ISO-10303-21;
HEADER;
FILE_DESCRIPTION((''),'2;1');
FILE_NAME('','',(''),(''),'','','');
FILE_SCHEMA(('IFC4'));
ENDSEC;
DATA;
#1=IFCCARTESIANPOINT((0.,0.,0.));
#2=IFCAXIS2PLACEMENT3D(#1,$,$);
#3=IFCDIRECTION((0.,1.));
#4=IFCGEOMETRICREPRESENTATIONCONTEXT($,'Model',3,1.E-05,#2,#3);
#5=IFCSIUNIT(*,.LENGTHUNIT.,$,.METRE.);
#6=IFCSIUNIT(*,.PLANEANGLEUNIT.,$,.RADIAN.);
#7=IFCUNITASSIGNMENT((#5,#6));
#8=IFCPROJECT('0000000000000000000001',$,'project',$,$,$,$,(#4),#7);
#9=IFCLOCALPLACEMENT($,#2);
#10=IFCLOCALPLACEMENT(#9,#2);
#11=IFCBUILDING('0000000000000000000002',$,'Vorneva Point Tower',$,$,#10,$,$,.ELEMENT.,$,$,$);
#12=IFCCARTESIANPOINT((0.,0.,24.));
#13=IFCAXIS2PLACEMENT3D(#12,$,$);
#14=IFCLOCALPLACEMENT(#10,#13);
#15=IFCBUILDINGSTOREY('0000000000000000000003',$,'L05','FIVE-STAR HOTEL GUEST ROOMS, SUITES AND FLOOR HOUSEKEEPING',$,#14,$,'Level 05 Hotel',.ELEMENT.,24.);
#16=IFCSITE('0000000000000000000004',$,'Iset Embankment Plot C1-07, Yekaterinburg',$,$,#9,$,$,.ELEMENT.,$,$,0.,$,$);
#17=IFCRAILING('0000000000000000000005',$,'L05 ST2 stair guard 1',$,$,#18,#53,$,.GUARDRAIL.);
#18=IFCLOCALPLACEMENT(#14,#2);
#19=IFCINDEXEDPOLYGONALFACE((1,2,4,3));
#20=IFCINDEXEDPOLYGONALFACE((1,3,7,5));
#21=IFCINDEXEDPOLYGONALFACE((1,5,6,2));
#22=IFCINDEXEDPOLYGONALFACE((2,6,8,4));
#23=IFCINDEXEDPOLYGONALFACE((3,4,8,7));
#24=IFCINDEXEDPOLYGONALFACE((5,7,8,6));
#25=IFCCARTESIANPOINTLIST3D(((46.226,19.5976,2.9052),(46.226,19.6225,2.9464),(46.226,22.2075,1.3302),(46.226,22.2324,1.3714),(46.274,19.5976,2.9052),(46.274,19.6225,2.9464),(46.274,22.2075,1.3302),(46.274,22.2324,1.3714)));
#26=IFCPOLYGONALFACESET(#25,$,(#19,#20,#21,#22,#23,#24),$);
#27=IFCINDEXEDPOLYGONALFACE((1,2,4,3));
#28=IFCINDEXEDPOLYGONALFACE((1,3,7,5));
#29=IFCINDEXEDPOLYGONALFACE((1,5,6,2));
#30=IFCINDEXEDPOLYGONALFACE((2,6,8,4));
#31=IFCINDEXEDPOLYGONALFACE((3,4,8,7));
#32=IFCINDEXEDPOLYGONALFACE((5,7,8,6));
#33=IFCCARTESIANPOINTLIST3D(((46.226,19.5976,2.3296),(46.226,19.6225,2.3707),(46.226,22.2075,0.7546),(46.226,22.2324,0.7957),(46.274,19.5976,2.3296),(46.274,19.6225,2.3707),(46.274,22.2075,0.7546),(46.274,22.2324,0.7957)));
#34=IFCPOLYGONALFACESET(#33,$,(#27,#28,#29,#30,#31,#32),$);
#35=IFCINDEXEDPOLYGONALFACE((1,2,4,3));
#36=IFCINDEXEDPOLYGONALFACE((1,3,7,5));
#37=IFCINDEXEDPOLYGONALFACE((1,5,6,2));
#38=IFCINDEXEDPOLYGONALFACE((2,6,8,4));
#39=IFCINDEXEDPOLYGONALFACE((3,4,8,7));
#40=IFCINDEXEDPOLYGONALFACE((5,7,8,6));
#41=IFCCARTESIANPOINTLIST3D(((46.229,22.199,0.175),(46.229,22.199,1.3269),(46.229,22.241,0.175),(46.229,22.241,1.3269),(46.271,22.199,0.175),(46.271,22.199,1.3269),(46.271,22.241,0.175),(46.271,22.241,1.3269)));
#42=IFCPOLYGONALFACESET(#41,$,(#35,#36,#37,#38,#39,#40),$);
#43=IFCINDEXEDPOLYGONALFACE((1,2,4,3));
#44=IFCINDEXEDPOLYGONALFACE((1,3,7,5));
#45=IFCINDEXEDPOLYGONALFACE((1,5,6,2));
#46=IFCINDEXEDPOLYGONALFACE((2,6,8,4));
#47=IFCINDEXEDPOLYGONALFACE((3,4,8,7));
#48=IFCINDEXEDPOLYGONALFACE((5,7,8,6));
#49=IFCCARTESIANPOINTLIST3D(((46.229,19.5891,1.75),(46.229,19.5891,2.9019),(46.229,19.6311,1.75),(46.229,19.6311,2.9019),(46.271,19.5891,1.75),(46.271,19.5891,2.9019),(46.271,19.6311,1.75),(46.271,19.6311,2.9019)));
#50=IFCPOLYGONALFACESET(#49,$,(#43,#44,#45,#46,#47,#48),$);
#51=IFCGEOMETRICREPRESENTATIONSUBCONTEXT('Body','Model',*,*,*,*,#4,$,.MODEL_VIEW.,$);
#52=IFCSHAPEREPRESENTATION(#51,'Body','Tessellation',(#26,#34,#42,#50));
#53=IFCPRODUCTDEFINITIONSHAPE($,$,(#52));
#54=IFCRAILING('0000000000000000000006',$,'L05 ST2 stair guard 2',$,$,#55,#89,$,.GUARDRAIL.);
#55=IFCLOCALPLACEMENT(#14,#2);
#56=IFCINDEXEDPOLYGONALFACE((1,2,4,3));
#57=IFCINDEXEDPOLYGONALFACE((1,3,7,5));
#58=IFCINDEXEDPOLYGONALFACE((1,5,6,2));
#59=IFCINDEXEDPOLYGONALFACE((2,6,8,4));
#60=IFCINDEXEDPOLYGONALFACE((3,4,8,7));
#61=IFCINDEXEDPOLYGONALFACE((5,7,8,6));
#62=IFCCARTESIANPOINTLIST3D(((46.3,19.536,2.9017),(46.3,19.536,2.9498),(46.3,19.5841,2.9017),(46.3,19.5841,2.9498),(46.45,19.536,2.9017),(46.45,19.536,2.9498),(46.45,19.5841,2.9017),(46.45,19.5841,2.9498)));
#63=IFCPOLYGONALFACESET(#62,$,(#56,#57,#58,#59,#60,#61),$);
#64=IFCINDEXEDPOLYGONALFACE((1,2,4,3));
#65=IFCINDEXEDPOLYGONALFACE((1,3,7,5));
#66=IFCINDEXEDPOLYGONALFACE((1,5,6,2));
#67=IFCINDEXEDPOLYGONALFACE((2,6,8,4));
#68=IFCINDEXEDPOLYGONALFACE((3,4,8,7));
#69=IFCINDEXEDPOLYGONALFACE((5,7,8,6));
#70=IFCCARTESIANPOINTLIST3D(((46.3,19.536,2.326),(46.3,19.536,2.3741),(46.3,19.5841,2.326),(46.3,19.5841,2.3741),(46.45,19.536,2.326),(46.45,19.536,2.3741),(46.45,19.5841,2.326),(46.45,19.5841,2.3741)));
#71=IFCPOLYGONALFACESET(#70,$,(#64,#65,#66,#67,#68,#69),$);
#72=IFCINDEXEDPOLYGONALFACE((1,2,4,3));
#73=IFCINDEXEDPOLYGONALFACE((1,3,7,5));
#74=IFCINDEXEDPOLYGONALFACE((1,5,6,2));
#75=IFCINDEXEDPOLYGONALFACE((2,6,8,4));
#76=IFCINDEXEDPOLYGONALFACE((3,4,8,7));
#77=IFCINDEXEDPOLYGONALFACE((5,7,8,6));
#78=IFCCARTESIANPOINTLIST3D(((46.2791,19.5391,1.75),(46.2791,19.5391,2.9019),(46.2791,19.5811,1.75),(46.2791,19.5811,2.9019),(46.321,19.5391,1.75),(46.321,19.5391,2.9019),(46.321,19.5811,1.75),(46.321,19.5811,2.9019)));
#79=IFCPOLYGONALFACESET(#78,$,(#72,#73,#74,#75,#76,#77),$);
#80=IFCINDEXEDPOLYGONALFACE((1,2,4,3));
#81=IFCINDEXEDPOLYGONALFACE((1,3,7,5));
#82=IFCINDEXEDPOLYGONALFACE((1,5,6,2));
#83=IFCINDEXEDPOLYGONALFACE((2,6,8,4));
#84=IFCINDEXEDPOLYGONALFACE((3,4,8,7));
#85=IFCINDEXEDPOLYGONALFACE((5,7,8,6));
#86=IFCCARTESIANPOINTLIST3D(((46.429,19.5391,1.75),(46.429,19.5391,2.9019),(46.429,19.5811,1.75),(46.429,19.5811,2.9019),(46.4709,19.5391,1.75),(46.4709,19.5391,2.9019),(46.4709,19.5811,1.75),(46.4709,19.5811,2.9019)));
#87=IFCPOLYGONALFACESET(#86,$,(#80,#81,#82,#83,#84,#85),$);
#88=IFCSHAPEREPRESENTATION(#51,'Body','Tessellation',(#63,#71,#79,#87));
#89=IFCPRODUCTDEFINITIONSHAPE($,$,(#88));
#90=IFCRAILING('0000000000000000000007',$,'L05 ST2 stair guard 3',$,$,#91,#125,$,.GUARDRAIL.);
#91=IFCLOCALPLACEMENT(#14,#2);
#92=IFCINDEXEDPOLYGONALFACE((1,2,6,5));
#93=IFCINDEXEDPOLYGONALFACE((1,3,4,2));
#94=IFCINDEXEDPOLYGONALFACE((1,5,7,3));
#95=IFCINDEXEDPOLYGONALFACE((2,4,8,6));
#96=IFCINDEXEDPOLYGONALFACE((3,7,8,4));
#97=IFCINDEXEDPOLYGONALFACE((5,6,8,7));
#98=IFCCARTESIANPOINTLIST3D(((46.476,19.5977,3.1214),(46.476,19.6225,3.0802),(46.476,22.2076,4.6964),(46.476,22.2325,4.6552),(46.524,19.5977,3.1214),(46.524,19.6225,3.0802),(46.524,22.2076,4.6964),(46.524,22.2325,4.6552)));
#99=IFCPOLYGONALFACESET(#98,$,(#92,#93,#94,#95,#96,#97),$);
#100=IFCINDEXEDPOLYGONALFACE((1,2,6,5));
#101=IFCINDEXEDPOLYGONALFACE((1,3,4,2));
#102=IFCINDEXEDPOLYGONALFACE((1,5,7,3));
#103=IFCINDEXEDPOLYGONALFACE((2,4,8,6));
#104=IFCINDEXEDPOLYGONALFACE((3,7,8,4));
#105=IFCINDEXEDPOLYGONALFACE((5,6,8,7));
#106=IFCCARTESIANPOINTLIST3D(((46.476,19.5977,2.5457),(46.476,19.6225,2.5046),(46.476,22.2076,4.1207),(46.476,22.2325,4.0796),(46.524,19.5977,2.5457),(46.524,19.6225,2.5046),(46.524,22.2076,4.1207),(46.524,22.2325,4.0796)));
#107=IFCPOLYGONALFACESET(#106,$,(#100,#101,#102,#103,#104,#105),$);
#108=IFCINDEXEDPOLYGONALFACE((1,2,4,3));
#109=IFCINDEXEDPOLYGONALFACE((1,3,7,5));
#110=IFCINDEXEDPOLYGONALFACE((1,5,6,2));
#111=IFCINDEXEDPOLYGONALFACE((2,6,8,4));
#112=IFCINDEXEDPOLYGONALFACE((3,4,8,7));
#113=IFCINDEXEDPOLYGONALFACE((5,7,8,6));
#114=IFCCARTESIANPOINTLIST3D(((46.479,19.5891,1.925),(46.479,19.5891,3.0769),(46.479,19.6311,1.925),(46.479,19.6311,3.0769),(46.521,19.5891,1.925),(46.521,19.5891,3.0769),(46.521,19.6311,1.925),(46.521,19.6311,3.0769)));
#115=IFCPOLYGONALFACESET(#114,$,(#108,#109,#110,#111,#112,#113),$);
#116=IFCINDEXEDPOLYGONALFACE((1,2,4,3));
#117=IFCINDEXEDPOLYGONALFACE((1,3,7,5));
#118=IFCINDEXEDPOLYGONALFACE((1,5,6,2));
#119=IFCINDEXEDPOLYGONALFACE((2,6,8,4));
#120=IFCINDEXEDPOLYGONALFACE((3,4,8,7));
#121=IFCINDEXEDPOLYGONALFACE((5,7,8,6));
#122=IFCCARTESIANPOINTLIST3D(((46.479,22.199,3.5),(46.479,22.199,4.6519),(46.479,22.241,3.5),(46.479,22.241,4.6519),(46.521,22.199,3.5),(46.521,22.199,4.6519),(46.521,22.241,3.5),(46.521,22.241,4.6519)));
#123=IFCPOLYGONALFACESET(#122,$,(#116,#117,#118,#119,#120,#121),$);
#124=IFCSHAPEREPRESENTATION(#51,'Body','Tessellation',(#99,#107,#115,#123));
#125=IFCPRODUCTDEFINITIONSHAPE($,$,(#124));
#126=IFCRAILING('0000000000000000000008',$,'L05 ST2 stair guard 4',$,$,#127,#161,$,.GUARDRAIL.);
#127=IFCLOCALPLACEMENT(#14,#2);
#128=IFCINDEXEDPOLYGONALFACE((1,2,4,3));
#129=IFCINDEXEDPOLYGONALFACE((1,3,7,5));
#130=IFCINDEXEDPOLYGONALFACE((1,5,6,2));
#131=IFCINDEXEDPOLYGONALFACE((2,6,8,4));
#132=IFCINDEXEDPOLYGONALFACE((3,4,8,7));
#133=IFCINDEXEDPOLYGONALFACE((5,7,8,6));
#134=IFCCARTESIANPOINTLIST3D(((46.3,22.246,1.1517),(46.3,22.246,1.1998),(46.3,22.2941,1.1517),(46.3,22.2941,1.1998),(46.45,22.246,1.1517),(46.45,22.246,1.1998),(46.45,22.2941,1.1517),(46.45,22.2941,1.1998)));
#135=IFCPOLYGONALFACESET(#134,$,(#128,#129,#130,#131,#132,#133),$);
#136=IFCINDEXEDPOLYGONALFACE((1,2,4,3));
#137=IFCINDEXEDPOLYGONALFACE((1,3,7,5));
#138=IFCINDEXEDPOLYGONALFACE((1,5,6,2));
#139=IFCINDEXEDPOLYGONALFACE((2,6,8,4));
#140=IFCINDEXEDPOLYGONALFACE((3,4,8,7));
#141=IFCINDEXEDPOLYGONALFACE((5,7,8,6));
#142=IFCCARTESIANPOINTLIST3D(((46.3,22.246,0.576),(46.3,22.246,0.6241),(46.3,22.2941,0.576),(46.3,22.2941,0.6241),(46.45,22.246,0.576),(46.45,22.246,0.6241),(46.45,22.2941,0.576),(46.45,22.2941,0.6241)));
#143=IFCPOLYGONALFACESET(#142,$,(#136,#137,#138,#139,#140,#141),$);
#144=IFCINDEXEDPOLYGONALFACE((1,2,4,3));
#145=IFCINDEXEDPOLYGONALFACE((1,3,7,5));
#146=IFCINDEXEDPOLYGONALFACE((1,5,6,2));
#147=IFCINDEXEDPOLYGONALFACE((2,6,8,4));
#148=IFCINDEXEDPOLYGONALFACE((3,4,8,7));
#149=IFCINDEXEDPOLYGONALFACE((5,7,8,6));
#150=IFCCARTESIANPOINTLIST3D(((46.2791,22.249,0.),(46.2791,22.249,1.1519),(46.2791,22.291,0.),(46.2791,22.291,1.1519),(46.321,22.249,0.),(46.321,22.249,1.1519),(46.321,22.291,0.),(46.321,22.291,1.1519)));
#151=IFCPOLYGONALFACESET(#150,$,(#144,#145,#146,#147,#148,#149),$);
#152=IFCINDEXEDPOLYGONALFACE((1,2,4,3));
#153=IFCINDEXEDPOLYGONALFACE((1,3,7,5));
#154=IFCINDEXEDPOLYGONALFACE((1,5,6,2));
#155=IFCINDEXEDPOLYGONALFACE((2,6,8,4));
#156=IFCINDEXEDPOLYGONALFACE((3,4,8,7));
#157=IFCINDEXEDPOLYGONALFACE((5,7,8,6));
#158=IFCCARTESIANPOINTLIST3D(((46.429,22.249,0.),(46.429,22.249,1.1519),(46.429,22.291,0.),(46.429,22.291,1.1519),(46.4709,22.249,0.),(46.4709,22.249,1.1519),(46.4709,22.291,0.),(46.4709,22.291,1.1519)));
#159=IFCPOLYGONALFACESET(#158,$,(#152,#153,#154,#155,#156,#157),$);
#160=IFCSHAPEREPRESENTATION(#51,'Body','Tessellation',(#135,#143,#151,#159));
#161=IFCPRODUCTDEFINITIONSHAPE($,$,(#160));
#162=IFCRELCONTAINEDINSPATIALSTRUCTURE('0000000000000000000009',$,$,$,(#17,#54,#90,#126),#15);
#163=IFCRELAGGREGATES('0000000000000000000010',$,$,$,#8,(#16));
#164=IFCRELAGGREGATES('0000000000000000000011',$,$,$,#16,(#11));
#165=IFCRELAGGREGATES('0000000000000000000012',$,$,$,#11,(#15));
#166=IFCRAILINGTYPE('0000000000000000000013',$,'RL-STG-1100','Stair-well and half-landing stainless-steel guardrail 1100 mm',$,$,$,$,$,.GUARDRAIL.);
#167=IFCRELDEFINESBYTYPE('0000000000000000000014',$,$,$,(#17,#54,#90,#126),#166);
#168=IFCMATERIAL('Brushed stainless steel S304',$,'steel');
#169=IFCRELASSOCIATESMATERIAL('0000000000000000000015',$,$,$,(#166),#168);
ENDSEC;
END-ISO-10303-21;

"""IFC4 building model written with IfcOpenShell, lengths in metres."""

from ifc_helpers import new_model, si_unit, direction, frame, origin, origin_2d, place, context, subcontext, project, spatial, rectangle, extrude, material, type_object, element, save


model = new_model("IFC4")

# Units and contexts
model_context = context("Model", 3, precision=1e-05, world=origin(), true_north=direction((0.0, 1.0)))
body_context = subcontext(model_context, "Body", "Model", "MODEL_VIEW")
ifc_project = project(units=[si_unit("LENGTHUNIT", "METRE"), si_unit("PLANEANGLEUNIT", "RADIAN")], contexts=[model_context])

# Site, building, storey
site_placement = place(None, origin())
site = spatial("IfcSite", under=ifc_project, at=site_placement, Name="Iset Embankment Plot C1-07, Yekaterinburg", CompositionType="ELEMENT", RefElevation=0.0)
building_placement = place(site_placement, origin())
building = spatial("IfcBuilding", under=site, at=building_placement, Name="Vorneva Point Tower", CompositionType="ELEMENT")
storey_placement = place(building_placement, frame((0.0, 0.0, 24.0)))
storey = spatial("IfcBuildingStorey", under=building, at=storey_placement, Name="L05", Description="FIVE-STAR HOTEL GUEST ROOMS, SUITES AND FLOOR HOUSEKEEPING", LongName="Level 05 Hotel", CompositionType="ELEMENT", Elevation=24.0)

# Railings
ifc_material_1 = material(Name="Brushed stainless steel S304", Category="steel")
railing_type_1 = type_object("IfcRailingType", Name="RL-STG-1100", Description="Stair-well and half-landing stainless-steel guardrail 1100 mm", PredefinedType="GUARDRAIL", material=ifc_material_1)
railing_1_placement = place(storey_placement, frame((46.25, 22.22, 0.175)))
element("IfcRailing", 1, at=railing_1_placement, inside=storey, type_object=railing_type_1, Name="L05 ST2 stair guard 1", PredefinedType="GUARDRAIL", context=body_context, shape_type="SweptSolid", body=[
    extrude(rectangle(XDim=0.0481, YDim=0.0481, at=origin_2d()), frame((0.0, 0.0, 1.1758), z_axis=(0.0, -0.856183, 0.516673), x_axis=(1.0, 0.0, 0.0)), (0.0, 0.0, 1.0), 3.0483),
    extrude(rectangle(XDim=0.0481, YDim=0.0481, at=origin_2d()), frame((0.0, 0.0, 0.6001), z_axis=(0.0, -0.856183, 0.516673), x_axis=(1.0, 0.0, 0.0)), (0.0, 0.0, 1.0), 3.0483),
    extrude(rectangle(XDim=0.042, YDim=0.042, at=origin_2d()), origin(), (0.0, 0.0, 1.0), 1.1519),
    extrude(rectangle(XDim=0.042, YDim=0.042, at=origin_2d()), frame((0.0, -2.6099, 1.575)), (0.0, 0.0, 1.0), 1.1519),
])
railing_2_placement = place(storey_placement, frame((46.3, 19.5601, 1.75)))
element("IfcRailing", 2, at=railing_2_placement, inside=storey, type_object=railing_type_1, Name="L05 ST2 stair guard 2", PredefinedType="GUARDRAIL", context=body_context, shape_type="SweptSolid", body=[
    extrude(rectangle(XDim=0.0481, YDim=0.0481, at=origin_2d()), frame((0.0, 0.0, 1.1758), z_axis=(1.0, 0.0, 0.0), x_axis=(0.0, 1.0, 0.0)), (0.0, 0.0, 1.0), 0.1499),
    extrude(rectangle(XDim=0.0481, YDim=0.0481, at=origin_2d()), frame((0.0, 0.0, 0.6001), z_axis=(1.0, 0.0, 0.0), x_axis=(0.0, 1.0, 0.0)), (0.0, 0.0, 1.0), 0.1499),
    extrude(rectangle(XDim=0.042, YDim=0.042, at=origin_2d()), origin(), (0.0, 0.0, 1.0), 1.1519),
    extrude(rectangle(XDim=0.042, YDim=0.042, at=origin_2d()), frame((0.1499, 0.0, 0.0)), (0.0, 0.0, 1.0), 1.1519),
])
railing_3_placement = place(storey_placement, frame((46.5, 19.6101, 1.925)))
element("IfcRailing", 3, at=railing_3_placement, inside=storey, type_object=railing_type_1, Name="L05 ST2 stair guard 3", PredefinedType="GUARDRAIL", context=body_context, shape_type="SweptSolid", body=[
    extrude(rectangle(XDim=0.0481, YDim=0.0481, at=origin_2d()), frame((0.0, 0.0, 1.1758), z_axis=(0.0, 0.856183, 0.516673), x_axis=(-1.0, 0.0, 0.0)), (0.0, 0.0, 1.0), 3.0483),
    extrude(rectangle(XDim=0.0481, YDim=0.0481, at=origin_2d()), frame((0.0, 0.0, 0.6001), z_axis=(0.0, 0.856183, 0.516673), x_axis=(-1.0, 0.0, 0.0)), (0.0, 0.0, 1.0), 3.0483),
    extrude(rectangle(XDim=0.042, YDim=0.042, at=origin_2d()), origin(), (0.0, 0.0, 1.0), 1.1519),
    extrude(rectangle(XDim=0.042, YDim=0.042, at=origin_2d()), frame((0.0, 2.6099, 1.575)), (0.0, 0.0, 1.0), 1.1519),
])
railing_4_placement = place(storey_placement, frame((46.3, 22.27, 0.0)))
element("IfcRailing", 4, at=railing_4_placement, inside=storey, type_object=railing_type_1, Name="L05 ST2 stair guard 4", PredefinedType="GUARDRAIL", context=body_context, shape_type="SweptSolid", body=[
    extrude(rectangle(XDim=0.0481, YDim=0.0481, at=origin_2d()), frame((0.0, 0.0, 1.1758), z_axis=(1.0, 0.0, 0.0), x_axis=(0.0, 1.0, 0.0)), (0.0, 0.0, 1.0), 0.1499),
    extrude(rectangle(XDim=0.0481, YDim=0.0481, at=origin_2d()), frame((0.0, 0.0, 0.6001), z_axis=(1.0, 0.0, 0.0), x_axis=(0.0, 1.0, 0.0)), (0.0, 0.0, 1.0), 0.1499),
    extrude(rectangle(XDim=0.042, YDim=0.042, at=origin_2d()), origin(), (0.0, 0.0, 1.0), 1.1519),
    extrude(rectangle(XDim=0.042, YDim=0.042, at=origin_2d()), frame((0.1499, 0.0, 0.0)), (0.0, 0.0, 1.0), 1.1519),
])

save(model, "model.ifc")
